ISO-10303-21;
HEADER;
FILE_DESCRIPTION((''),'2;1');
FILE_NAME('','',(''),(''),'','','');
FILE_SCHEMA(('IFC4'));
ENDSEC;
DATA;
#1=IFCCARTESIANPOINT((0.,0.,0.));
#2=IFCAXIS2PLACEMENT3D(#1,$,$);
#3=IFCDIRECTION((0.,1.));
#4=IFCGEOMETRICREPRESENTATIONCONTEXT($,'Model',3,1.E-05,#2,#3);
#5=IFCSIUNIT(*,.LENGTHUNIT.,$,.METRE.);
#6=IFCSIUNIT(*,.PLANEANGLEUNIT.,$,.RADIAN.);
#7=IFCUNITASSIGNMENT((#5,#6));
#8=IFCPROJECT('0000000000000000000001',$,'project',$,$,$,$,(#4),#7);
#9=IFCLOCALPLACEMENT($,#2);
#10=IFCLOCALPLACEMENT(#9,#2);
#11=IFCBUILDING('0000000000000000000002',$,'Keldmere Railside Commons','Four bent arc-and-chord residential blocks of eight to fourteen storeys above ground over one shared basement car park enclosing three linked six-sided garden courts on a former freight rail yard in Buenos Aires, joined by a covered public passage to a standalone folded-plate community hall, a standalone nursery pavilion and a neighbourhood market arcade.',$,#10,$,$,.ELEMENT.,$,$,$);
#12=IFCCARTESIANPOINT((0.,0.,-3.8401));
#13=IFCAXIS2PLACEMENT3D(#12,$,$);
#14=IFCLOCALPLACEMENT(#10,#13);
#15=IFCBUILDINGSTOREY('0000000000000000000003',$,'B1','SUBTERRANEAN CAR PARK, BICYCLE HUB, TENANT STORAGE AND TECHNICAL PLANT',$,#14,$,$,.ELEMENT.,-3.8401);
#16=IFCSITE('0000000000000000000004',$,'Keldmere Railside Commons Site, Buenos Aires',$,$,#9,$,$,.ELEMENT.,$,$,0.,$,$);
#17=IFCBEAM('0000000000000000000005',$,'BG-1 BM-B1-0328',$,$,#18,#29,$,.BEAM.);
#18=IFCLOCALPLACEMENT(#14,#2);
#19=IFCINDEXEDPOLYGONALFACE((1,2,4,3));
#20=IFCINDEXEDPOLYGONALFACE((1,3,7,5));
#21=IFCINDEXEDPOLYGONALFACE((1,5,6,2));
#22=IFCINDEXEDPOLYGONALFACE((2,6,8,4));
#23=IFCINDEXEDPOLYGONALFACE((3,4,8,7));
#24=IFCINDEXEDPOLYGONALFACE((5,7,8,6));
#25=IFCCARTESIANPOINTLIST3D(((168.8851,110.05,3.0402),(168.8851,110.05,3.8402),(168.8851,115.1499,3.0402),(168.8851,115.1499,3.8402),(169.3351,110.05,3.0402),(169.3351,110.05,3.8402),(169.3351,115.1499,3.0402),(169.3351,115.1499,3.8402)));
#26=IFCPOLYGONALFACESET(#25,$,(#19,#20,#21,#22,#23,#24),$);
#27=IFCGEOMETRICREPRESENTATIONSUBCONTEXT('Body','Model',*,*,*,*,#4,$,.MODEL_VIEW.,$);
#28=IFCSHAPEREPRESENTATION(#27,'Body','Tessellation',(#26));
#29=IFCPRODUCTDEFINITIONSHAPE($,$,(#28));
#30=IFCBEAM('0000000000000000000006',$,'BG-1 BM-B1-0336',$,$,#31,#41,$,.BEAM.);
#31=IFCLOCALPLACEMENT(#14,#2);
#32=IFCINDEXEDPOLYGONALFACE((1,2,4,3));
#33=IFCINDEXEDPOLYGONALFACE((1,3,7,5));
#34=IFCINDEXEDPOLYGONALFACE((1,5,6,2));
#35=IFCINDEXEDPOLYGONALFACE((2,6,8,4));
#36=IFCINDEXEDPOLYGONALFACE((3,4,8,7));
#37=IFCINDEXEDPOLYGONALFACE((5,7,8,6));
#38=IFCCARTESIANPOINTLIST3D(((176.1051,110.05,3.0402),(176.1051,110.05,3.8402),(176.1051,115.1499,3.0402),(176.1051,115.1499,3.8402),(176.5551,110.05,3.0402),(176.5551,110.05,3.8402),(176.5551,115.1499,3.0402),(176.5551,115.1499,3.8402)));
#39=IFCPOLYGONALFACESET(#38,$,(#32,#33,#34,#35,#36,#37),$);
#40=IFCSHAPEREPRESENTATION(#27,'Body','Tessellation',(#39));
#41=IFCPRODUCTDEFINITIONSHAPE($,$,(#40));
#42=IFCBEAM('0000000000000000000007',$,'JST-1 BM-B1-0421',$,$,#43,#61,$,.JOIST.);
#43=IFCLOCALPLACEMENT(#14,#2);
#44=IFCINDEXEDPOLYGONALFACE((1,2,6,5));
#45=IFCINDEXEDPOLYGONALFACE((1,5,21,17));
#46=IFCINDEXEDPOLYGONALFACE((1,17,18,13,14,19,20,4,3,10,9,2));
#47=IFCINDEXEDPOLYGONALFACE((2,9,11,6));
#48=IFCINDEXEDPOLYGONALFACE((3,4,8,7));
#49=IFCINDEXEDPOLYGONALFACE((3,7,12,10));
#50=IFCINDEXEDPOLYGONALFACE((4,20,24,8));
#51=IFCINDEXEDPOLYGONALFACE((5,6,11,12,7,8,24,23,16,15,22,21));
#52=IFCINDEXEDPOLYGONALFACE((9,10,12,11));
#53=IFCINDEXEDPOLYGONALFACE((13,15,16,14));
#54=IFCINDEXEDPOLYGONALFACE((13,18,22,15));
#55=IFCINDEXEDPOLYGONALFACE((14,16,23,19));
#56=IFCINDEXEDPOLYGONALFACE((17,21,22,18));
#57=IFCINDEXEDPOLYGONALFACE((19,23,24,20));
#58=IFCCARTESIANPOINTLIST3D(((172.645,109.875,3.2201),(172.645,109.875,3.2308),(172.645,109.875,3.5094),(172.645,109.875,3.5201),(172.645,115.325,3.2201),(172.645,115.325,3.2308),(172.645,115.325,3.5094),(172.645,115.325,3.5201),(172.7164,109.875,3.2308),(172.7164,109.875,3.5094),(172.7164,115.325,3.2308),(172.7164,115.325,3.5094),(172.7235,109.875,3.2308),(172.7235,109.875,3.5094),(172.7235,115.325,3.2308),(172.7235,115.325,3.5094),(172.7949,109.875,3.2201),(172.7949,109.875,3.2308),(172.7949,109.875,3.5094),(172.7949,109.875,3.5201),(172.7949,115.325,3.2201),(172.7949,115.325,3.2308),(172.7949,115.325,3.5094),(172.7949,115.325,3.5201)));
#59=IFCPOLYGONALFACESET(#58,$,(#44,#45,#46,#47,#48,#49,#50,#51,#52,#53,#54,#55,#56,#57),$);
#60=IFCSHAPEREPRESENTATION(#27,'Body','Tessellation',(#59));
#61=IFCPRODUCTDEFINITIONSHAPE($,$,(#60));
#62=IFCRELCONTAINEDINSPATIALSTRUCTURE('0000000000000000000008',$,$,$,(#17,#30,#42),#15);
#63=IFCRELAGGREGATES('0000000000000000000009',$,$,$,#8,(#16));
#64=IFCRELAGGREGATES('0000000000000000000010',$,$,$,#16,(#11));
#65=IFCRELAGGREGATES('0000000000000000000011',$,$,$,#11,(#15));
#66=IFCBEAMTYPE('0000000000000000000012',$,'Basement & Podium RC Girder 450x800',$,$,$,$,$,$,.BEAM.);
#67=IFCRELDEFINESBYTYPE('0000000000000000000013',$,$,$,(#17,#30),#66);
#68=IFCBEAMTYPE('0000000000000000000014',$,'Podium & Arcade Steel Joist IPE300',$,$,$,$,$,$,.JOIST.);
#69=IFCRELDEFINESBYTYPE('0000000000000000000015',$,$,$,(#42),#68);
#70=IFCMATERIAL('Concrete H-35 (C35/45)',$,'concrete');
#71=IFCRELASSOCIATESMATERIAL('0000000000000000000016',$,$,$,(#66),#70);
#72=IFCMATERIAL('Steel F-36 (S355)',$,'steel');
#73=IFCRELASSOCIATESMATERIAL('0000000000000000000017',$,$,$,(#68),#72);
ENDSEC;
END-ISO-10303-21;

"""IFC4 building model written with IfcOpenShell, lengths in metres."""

from ifc_helpers import new_model, si_unit, direction, frame, origin, origin_2d, place, context, subcontext, project, spatial, rectangle, i_section, extrude, material, material_profile, profile_set, type_object, element, save


model = new_model("IFC4")

# Units and contexts
model_context = context("Model", 3, precision=1e-05, world=origin(), true_north=direction((0.0, 1.0)))
body_context = subcontext(model_context, "Body", "Model", "MODEL_VIEW")
ifc_project = project(units=[si_unit("LENGTHUNIT", "METRE"), si_unit("PLANEANGLEUNIT", "RADIAN")], contexts=[model_context])

# Site, building, storey
site_placement = place(None, origin())
site = spatial("IfcSite", under=ifc_project, at=site_placement, Name="Keldmere Railside Commons Site, Buenos Aires", CompositionType="ELEMENT", RefElevation=0.0)
building_placement = place(site_placement, origin())
building = spatial("IfcBuilding", under=site, at=building_placement, Name="Keldmere Railside Commons", Description="Four bent arc-and-chord residential blocks of eight to fourteen storeys above ground over one shared basement car park enclosing three linked six-sided garden courts on a former freight rail yard in Buenos Aires, joined by a covered public passage to a standalone folded-plate community hall, a standalone nursery pavilion and a neighbourhood market arcade.", CompositionType="ELEMENT")
storey_placement = place(building_placement, frame((0.0, 0.0, -3.8401)))
storey = spatial("IfcBuildingStorey", under=building, at=storey_placement, Name="B1", Description="SUBTERRANEAN CAR PARK, BICYCLE HUB, TENANT STORAGE AND TECHNICAL PLANT", CompositionType="ELEMENT", Elevation=-3.8401)

# Beams
ifc_material_1 = material(Name="Concrete H-35 (C35/45)", Category="concrete")
ifc_material_profile_1 = material_profile(ifc_material_1, rectangle(XDim=0.45, YDim=0.8, at=origin_2d()), Name="RC-450x800")
ifc_profile_set_1 = profile_set([ifc_material_profile_1], Name="Concrete H-35 (C35/45)")
beam_type_1 = type_object("IfcBeamType", Name="Basement & Podium RC Girder 450x800", PredefinedType="BEAM", material=ifc_profile_set_1)
for number, where, z_axis, x_axis, name in (
    (1, (169.1101, 110.05, 3.4402), (0.0, 1.0, 0.0), (-1.0, 0.0, 0.0), "BG-1 BM-B1-0328"),
    (2, (176.3301, 110.05, 3.4402), (0.0, 1.0, 0.0), (-1.0, 0.0, 0.0), "BG-1 BM-B1-0336"),
):
    element("IfcBeam", number, at=place(storey_placement, frame(where, z_axis=z_axis, x_axis=x_axis)), inside=storey, type_object=beam_type_1, Name=name, PredefinedType="BEAM", context=body_context, shape_type="SweptSolid", body=[
        extrude(rectangle(XDim=0.45, YDim=0.8, at=origin_2d()), origin(), (0.0, 0.0, 1.0), 5.0999),
    ])
ifc_material_2 = material(Name="Steel F-36 (S355)", Category="steel")
ifc_material_profile_2 = material_profile(ifc_material_2, i_section(OverallWidth=0.1499, OverallDepth=0.3, WebThickness=0.0071, FlangeThickness=0.0107, at=origin_2d()), Name="IPE-300")
ifc_profile_set_2 = profile_set([ifc_material_profile_2], Name="Steel F-36 (S355)")
beam_type_2 = type_object("IfcBeamType", Name="Podium & Arcade Steel Joist IPE300", PredefinedType="JOIST", material=ifc_profile_set_2)
beam_placement = place(storey_placement, frame((172.72, 109.875, 3.3701), z_axis=(0.0, 1.0, 0.0), x_axis=(-1.0, 0.0, 0.0)))
element("IfcBeam", 3, at=beam_placement, inside=storey, type_object=beam_type_2, Name="JST-1 BM-B1-0421", PredefinedType="JOIST", context=body_context, shape_type="SweptSolid", body=[
    extrude(i_section(OverallWidth=0.1499, OverallDepth=0.3, WebThickness=0.0071, FlangeThickness=0.0107, at=origin_2d()), origin(), (0.0, 0.0, 1.0), 5.45),
])

save(model, "model.ifc")
